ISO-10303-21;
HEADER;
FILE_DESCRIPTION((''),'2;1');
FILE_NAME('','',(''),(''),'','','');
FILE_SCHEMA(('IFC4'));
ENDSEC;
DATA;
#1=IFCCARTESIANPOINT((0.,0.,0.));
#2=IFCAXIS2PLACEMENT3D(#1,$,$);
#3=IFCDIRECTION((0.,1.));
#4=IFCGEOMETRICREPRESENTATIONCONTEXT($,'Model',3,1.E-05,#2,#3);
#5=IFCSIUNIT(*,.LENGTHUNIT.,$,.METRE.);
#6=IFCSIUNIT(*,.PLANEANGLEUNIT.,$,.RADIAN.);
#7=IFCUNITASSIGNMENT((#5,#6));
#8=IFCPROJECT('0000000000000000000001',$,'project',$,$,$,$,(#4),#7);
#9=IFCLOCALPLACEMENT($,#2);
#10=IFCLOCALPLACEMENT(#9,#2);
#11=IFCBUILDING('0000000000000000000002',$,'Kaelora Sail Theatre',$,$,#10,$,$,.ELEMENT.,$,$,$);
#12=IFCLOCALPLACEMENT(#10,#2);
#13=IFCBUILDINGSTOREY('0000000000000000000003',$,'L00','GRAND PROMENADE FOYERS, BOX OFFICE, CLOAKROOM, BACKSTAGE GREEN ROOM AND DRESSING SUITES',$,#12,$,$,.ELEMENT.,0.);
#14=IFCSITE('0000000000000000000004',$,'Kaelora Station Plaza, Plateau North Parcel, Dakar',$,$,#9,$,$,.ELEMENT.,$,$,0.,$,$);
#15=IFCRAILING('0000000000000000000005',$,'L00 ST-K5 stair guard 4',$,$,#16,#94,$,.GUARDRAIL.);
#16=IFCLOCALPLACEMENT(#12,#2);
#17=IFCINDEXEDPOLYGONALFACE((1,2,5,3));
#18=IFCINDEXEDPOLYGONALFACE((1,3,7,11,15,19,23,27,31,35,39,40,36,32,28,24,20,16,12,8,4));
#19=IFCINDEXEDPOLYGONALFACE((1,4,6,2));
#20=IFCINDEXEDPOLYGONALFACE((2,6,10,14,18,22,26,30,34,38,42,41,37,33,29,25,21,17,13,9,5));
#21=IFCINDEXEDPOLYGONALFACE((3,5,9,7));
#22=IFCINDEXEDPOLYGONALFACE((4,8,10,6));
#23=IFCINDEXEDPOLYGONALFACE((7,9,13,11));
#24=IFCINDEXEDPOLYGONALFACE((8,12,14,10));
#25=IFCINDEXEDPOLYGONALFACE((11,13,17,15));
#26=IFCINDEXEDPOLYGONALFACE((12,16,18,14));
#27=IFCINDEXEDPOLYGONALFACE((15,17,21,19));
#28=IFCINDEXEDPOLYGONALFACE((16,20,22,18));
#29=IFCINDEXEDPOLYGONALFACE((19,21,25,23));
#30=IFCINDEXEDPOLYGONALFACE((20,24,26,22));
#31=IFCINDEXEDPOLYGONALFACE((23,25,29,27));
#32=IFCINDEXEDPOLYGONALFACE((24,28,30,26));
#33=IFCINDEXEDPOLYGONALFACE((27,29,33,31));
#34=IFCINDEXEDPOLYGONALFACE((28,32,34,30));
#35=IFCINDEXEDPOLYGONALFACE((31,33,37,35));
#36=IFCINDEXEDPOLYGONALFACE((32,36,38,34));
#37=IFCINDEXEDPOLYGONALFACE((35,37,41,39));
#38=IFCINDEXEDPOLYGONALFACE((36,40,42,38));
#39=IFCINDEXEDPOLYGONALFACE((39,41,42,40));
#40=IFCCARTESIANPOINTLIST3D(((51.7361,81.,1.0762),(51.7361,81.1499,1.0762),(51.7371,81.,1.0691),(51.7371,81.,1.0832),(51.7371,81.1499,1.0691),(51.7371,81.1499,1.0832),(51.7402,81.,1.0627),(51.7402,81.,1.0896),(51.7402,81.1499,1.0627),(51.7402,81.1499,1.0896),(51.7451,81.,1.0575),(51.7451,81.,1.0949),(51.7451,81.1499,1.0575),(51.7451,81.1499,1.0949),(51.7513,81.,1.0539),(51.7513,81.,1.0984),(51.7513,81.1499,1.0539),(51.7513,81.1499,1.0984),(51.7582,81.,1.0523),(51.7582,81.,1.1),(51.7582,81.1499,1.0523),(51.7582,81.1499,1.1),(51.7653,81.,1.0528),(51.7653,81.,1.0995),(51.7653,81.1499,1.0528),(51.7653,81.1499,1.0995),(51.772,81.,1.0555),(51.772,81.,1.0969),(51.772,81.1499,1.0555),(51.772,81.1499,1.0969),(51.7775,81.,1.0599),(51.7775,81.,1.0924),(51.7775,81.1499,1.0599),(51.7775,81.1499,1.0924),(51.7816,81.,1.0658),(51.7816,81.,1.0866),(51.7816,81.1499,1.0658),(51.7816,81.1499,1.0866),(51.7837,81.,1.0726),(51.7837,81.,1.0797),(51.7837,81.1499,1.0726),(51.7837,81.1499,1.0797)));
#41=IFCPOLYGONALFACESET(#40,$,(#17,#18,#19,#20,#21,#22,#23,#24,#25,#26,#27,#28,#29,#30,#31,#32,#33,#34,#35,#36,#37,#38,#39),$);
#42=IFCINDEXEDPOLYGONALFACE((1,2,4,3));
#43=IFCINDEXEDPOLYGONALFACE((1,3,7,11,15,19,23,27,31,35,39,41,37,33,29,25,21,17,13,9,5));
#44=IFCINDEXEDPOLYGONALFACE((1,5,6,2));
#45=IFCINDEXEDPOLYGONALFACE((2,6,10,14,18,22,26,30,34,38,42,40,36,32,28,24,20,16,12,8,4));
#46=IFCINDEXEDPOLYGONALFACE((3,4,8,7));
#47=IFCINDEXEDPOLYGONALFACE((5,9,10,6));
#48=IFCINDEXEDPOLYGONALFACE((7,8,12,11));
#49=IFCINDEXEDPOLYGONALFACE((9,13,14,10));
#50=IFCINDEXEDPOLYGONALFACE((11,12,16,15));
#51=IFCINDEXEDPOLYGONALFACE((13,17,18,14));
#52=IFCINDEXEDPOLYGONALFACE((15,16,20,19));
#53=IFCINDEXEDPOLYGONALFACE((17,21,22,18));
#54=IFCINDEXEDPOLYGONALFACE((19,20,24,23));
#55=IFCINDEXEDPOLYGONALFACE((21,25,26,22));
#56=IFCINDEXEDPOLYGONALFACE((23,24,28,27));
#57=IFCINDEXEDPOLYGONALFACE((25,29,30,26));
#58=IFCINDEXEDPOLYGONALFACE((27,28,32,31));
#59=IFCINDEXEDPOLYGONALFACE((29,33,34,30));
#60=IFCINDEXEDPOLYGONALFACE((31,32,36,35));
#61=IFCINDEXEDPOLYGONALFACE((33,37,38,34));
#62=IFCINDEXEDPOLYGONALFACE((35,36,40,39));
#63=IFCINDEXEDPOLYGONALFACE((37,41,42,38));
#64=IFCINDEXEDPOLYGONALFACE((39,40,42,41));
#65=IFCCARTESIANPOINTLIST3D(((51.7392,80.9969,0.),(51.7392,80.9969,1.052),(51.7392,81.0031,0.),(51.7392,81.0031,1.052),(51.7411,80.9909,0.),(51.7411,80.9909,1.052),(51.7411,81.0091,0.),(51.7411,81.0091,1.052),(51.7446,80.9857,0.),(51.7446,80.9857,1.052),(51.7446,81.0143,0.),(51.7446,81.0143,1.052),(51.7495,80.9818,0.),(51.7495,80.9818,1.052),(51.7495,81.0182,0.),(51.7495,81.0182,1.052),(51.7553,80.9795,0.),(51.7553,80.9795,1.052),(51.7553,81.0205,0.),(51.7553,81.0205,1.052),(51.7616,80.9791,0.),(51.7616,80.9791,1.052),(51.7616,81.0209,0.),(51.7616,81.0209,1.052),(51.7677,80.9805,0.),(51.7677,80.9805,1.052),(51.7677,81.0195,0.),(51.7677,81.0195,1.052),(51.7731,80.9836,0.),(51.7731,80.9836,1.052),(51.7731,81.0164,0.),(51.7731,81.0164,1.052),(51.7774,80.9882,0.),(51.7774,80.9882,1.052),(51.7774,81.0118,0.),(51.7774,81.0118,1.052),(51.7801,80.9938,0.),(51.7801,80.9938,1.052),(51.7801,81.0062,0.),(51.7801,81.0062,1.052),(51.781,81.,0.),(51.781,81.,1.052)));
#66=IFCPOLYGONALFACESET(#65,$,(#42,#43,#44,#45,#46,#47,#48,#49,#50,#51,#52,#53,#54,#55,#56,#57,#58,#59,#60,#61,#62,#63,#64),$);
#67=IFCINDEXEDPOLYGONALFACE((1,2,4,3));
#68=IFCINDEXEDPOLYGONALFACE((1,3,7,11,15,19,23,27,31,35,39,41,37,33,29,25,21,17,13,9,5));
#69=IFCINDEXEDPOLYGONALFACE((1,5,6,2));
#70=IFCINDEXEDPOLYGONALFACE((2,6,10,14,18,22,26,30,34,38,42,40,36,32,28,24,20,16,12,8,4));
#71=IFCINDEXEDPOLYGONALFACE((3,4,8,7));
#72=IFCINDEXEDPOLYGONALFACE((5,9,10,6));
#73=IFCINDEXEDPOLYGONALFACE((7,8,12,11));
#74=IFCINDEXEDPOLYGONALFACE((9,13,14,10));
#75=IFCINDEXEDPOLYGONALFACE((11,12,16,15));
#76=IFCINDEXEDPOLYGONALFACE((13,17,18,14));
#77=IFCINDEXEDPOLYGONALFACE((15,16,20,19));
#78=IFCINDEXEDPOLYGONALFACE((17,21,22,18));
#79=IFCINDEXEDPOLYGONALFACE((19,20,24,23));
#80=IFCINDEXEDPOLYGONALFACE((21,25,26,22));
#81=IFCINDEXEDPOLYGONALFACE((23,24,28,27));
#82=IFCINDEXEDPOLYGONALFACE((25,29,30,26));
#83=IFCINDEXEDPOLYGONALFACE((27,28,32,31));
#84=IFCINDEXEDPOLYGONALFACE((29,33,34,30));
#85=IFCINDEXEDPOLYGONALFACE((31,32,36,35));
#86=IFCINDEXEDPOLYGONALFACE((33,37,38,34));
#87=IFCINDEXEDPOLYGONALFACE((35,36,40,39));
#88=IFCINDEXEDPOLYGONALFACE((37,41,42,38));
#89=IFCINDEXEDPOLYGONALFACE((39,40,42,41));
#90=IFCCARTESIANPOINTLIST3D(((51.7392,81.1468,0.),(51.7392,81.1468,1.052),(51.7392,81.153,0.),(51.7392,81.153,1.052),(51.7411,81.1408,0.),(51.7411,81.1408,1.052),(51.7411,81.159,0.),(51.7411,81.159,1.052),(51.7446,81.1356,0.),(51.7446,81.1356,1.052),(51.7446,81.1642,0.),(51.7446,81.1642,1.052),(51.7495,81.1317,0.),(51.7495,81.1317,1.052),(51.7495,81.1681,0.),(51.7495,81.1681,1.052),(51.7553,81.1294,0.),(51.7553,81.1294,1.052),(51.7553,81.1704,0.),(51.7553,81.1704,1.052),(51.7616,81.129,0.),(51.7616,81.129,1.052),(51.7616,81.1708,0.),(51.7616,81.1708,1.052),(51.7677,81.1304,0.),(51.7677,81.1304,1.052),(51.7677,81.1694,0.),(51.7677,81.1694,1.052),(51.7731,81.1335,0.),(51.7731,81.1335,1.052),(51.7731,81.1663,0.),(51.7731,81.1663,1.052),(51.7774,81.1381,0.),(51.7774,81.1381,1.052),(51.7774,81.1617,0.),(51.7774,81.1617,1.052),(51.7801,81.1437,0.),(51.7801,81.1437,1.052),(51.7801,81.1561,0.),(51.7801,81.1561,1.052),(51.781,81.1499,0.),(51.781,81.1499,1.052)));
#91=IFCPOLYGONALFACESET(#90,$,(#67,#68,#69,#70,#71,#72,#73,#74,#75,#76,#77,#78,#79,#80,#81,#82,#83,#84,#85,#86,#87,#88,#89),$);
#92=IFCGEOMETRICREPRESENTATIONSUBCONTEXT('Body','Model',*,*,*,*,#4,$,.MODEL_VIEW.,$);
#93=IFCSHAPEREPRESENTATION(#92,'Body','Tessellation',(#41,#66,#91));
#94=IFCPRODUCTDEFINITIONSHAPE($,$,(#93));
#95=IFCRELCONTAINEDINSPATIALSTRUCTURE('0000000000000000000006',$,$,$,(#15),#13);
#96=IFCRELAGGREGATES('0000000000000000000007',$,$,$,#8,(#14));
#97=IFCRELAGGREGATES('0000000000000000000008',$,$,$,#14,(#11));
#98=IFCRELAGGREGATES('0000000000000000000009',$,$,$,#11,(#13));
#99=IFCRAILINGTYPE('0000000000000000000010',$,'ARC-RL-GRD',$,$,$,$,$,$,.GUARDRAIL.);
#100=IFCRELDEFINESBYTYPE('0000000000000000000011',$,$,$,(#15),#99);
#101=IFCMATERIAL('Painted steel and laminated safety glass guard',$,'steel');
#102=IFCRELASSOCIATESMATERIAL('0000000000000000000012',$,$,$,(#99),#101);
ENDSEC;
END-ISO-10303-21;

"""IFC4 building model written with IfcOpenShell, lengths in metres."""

from ifc_helpers import new_model, si_unit, direction, frame, origin, origin_2d, place, context, subcontext, project, spatial, circle, extrude, material, type_object, element, save


model = new_model("IFC4")

# Units and contexts
model_context = context("Model", 3, precision=1e-05, world=origin(), true_north=direction((0.0, 1.0)))
body_context = subcontext(model_context, "Body", "Model", "MODEL_VIEW")
ifc_project = project(units=[si_unit("LENGTHUNIT", "METRE"), si_unit("PLANEANGLEUNIT", "RADIAN")], contexts=[model_context])

# Site, building, storey
site_placement = place(None, origin())
site = spatial("IfcSite", under=ifc_project, at=site_placement, Name="Kaelora Station Plaza, Plateau North Parcel, Dakar", CompositionType="ELEMENT", RefElevation=0.0)
building_placement = place(site_placement, origin())
building = spatial("IfcBuilding", under=site, at=building_placement, Name="Kaelora Sail Theatre", CompositionType="ELEMENT")
storey_placement = place(building_placement, origin())
storey = spatial("IfcBuildingStorey", under=building, at=storey_placement, Name="L00", Description="GRAND PROMENADE FOYERS, BOX OFFICE, CLOAKROOM, BACKSTAGE GREEN ROOM AND DRESSING SUITES", CompositionType="ELEMENT", Elevation=0.0)

# Railing
ifc_material_1 = material(Name="Painted steel and laminated safety glass guard", Category="steel")
railing_type_1 = type_object("IfcRailingType", Name="ARC-RL-GRD", PredefinedType="GUARDRAIL", material=ifc_material_1)
railing_1_placement = place(storey_placement, frame((51.76, 81.0, 0.0)))
element("IfcRailing", 1, at=railing_1_placement, inside=storey, type_object=railing_type_1, Name="L00 ST-K5 stair guard 4", PredefinedType="GUARDRAIL", context=body_context, shape_type="SweptSolid", body=[
    extrude(circle(Radius=0.0239, at=origin_2d()), frame((0.0, 0.0, 1.0762), z_axis=(0.0, 1.0, 0.0), x_axis=(-1.0, 0.0, 0.0)), (0.0, 0.0, 1.0), 0.1499),
    extrude(circle(Radius=0.021, at=origin_2d()), origin(), (0.0, 0.0, 1.0), 1.052),
    extrude(circle(Radius=0.021, at=origin_2d()), frame((0.0, 0.1499, 0.0)), (0.0, 0.0, 1.0), 1.052),
])

save(model, "model.ifc")
